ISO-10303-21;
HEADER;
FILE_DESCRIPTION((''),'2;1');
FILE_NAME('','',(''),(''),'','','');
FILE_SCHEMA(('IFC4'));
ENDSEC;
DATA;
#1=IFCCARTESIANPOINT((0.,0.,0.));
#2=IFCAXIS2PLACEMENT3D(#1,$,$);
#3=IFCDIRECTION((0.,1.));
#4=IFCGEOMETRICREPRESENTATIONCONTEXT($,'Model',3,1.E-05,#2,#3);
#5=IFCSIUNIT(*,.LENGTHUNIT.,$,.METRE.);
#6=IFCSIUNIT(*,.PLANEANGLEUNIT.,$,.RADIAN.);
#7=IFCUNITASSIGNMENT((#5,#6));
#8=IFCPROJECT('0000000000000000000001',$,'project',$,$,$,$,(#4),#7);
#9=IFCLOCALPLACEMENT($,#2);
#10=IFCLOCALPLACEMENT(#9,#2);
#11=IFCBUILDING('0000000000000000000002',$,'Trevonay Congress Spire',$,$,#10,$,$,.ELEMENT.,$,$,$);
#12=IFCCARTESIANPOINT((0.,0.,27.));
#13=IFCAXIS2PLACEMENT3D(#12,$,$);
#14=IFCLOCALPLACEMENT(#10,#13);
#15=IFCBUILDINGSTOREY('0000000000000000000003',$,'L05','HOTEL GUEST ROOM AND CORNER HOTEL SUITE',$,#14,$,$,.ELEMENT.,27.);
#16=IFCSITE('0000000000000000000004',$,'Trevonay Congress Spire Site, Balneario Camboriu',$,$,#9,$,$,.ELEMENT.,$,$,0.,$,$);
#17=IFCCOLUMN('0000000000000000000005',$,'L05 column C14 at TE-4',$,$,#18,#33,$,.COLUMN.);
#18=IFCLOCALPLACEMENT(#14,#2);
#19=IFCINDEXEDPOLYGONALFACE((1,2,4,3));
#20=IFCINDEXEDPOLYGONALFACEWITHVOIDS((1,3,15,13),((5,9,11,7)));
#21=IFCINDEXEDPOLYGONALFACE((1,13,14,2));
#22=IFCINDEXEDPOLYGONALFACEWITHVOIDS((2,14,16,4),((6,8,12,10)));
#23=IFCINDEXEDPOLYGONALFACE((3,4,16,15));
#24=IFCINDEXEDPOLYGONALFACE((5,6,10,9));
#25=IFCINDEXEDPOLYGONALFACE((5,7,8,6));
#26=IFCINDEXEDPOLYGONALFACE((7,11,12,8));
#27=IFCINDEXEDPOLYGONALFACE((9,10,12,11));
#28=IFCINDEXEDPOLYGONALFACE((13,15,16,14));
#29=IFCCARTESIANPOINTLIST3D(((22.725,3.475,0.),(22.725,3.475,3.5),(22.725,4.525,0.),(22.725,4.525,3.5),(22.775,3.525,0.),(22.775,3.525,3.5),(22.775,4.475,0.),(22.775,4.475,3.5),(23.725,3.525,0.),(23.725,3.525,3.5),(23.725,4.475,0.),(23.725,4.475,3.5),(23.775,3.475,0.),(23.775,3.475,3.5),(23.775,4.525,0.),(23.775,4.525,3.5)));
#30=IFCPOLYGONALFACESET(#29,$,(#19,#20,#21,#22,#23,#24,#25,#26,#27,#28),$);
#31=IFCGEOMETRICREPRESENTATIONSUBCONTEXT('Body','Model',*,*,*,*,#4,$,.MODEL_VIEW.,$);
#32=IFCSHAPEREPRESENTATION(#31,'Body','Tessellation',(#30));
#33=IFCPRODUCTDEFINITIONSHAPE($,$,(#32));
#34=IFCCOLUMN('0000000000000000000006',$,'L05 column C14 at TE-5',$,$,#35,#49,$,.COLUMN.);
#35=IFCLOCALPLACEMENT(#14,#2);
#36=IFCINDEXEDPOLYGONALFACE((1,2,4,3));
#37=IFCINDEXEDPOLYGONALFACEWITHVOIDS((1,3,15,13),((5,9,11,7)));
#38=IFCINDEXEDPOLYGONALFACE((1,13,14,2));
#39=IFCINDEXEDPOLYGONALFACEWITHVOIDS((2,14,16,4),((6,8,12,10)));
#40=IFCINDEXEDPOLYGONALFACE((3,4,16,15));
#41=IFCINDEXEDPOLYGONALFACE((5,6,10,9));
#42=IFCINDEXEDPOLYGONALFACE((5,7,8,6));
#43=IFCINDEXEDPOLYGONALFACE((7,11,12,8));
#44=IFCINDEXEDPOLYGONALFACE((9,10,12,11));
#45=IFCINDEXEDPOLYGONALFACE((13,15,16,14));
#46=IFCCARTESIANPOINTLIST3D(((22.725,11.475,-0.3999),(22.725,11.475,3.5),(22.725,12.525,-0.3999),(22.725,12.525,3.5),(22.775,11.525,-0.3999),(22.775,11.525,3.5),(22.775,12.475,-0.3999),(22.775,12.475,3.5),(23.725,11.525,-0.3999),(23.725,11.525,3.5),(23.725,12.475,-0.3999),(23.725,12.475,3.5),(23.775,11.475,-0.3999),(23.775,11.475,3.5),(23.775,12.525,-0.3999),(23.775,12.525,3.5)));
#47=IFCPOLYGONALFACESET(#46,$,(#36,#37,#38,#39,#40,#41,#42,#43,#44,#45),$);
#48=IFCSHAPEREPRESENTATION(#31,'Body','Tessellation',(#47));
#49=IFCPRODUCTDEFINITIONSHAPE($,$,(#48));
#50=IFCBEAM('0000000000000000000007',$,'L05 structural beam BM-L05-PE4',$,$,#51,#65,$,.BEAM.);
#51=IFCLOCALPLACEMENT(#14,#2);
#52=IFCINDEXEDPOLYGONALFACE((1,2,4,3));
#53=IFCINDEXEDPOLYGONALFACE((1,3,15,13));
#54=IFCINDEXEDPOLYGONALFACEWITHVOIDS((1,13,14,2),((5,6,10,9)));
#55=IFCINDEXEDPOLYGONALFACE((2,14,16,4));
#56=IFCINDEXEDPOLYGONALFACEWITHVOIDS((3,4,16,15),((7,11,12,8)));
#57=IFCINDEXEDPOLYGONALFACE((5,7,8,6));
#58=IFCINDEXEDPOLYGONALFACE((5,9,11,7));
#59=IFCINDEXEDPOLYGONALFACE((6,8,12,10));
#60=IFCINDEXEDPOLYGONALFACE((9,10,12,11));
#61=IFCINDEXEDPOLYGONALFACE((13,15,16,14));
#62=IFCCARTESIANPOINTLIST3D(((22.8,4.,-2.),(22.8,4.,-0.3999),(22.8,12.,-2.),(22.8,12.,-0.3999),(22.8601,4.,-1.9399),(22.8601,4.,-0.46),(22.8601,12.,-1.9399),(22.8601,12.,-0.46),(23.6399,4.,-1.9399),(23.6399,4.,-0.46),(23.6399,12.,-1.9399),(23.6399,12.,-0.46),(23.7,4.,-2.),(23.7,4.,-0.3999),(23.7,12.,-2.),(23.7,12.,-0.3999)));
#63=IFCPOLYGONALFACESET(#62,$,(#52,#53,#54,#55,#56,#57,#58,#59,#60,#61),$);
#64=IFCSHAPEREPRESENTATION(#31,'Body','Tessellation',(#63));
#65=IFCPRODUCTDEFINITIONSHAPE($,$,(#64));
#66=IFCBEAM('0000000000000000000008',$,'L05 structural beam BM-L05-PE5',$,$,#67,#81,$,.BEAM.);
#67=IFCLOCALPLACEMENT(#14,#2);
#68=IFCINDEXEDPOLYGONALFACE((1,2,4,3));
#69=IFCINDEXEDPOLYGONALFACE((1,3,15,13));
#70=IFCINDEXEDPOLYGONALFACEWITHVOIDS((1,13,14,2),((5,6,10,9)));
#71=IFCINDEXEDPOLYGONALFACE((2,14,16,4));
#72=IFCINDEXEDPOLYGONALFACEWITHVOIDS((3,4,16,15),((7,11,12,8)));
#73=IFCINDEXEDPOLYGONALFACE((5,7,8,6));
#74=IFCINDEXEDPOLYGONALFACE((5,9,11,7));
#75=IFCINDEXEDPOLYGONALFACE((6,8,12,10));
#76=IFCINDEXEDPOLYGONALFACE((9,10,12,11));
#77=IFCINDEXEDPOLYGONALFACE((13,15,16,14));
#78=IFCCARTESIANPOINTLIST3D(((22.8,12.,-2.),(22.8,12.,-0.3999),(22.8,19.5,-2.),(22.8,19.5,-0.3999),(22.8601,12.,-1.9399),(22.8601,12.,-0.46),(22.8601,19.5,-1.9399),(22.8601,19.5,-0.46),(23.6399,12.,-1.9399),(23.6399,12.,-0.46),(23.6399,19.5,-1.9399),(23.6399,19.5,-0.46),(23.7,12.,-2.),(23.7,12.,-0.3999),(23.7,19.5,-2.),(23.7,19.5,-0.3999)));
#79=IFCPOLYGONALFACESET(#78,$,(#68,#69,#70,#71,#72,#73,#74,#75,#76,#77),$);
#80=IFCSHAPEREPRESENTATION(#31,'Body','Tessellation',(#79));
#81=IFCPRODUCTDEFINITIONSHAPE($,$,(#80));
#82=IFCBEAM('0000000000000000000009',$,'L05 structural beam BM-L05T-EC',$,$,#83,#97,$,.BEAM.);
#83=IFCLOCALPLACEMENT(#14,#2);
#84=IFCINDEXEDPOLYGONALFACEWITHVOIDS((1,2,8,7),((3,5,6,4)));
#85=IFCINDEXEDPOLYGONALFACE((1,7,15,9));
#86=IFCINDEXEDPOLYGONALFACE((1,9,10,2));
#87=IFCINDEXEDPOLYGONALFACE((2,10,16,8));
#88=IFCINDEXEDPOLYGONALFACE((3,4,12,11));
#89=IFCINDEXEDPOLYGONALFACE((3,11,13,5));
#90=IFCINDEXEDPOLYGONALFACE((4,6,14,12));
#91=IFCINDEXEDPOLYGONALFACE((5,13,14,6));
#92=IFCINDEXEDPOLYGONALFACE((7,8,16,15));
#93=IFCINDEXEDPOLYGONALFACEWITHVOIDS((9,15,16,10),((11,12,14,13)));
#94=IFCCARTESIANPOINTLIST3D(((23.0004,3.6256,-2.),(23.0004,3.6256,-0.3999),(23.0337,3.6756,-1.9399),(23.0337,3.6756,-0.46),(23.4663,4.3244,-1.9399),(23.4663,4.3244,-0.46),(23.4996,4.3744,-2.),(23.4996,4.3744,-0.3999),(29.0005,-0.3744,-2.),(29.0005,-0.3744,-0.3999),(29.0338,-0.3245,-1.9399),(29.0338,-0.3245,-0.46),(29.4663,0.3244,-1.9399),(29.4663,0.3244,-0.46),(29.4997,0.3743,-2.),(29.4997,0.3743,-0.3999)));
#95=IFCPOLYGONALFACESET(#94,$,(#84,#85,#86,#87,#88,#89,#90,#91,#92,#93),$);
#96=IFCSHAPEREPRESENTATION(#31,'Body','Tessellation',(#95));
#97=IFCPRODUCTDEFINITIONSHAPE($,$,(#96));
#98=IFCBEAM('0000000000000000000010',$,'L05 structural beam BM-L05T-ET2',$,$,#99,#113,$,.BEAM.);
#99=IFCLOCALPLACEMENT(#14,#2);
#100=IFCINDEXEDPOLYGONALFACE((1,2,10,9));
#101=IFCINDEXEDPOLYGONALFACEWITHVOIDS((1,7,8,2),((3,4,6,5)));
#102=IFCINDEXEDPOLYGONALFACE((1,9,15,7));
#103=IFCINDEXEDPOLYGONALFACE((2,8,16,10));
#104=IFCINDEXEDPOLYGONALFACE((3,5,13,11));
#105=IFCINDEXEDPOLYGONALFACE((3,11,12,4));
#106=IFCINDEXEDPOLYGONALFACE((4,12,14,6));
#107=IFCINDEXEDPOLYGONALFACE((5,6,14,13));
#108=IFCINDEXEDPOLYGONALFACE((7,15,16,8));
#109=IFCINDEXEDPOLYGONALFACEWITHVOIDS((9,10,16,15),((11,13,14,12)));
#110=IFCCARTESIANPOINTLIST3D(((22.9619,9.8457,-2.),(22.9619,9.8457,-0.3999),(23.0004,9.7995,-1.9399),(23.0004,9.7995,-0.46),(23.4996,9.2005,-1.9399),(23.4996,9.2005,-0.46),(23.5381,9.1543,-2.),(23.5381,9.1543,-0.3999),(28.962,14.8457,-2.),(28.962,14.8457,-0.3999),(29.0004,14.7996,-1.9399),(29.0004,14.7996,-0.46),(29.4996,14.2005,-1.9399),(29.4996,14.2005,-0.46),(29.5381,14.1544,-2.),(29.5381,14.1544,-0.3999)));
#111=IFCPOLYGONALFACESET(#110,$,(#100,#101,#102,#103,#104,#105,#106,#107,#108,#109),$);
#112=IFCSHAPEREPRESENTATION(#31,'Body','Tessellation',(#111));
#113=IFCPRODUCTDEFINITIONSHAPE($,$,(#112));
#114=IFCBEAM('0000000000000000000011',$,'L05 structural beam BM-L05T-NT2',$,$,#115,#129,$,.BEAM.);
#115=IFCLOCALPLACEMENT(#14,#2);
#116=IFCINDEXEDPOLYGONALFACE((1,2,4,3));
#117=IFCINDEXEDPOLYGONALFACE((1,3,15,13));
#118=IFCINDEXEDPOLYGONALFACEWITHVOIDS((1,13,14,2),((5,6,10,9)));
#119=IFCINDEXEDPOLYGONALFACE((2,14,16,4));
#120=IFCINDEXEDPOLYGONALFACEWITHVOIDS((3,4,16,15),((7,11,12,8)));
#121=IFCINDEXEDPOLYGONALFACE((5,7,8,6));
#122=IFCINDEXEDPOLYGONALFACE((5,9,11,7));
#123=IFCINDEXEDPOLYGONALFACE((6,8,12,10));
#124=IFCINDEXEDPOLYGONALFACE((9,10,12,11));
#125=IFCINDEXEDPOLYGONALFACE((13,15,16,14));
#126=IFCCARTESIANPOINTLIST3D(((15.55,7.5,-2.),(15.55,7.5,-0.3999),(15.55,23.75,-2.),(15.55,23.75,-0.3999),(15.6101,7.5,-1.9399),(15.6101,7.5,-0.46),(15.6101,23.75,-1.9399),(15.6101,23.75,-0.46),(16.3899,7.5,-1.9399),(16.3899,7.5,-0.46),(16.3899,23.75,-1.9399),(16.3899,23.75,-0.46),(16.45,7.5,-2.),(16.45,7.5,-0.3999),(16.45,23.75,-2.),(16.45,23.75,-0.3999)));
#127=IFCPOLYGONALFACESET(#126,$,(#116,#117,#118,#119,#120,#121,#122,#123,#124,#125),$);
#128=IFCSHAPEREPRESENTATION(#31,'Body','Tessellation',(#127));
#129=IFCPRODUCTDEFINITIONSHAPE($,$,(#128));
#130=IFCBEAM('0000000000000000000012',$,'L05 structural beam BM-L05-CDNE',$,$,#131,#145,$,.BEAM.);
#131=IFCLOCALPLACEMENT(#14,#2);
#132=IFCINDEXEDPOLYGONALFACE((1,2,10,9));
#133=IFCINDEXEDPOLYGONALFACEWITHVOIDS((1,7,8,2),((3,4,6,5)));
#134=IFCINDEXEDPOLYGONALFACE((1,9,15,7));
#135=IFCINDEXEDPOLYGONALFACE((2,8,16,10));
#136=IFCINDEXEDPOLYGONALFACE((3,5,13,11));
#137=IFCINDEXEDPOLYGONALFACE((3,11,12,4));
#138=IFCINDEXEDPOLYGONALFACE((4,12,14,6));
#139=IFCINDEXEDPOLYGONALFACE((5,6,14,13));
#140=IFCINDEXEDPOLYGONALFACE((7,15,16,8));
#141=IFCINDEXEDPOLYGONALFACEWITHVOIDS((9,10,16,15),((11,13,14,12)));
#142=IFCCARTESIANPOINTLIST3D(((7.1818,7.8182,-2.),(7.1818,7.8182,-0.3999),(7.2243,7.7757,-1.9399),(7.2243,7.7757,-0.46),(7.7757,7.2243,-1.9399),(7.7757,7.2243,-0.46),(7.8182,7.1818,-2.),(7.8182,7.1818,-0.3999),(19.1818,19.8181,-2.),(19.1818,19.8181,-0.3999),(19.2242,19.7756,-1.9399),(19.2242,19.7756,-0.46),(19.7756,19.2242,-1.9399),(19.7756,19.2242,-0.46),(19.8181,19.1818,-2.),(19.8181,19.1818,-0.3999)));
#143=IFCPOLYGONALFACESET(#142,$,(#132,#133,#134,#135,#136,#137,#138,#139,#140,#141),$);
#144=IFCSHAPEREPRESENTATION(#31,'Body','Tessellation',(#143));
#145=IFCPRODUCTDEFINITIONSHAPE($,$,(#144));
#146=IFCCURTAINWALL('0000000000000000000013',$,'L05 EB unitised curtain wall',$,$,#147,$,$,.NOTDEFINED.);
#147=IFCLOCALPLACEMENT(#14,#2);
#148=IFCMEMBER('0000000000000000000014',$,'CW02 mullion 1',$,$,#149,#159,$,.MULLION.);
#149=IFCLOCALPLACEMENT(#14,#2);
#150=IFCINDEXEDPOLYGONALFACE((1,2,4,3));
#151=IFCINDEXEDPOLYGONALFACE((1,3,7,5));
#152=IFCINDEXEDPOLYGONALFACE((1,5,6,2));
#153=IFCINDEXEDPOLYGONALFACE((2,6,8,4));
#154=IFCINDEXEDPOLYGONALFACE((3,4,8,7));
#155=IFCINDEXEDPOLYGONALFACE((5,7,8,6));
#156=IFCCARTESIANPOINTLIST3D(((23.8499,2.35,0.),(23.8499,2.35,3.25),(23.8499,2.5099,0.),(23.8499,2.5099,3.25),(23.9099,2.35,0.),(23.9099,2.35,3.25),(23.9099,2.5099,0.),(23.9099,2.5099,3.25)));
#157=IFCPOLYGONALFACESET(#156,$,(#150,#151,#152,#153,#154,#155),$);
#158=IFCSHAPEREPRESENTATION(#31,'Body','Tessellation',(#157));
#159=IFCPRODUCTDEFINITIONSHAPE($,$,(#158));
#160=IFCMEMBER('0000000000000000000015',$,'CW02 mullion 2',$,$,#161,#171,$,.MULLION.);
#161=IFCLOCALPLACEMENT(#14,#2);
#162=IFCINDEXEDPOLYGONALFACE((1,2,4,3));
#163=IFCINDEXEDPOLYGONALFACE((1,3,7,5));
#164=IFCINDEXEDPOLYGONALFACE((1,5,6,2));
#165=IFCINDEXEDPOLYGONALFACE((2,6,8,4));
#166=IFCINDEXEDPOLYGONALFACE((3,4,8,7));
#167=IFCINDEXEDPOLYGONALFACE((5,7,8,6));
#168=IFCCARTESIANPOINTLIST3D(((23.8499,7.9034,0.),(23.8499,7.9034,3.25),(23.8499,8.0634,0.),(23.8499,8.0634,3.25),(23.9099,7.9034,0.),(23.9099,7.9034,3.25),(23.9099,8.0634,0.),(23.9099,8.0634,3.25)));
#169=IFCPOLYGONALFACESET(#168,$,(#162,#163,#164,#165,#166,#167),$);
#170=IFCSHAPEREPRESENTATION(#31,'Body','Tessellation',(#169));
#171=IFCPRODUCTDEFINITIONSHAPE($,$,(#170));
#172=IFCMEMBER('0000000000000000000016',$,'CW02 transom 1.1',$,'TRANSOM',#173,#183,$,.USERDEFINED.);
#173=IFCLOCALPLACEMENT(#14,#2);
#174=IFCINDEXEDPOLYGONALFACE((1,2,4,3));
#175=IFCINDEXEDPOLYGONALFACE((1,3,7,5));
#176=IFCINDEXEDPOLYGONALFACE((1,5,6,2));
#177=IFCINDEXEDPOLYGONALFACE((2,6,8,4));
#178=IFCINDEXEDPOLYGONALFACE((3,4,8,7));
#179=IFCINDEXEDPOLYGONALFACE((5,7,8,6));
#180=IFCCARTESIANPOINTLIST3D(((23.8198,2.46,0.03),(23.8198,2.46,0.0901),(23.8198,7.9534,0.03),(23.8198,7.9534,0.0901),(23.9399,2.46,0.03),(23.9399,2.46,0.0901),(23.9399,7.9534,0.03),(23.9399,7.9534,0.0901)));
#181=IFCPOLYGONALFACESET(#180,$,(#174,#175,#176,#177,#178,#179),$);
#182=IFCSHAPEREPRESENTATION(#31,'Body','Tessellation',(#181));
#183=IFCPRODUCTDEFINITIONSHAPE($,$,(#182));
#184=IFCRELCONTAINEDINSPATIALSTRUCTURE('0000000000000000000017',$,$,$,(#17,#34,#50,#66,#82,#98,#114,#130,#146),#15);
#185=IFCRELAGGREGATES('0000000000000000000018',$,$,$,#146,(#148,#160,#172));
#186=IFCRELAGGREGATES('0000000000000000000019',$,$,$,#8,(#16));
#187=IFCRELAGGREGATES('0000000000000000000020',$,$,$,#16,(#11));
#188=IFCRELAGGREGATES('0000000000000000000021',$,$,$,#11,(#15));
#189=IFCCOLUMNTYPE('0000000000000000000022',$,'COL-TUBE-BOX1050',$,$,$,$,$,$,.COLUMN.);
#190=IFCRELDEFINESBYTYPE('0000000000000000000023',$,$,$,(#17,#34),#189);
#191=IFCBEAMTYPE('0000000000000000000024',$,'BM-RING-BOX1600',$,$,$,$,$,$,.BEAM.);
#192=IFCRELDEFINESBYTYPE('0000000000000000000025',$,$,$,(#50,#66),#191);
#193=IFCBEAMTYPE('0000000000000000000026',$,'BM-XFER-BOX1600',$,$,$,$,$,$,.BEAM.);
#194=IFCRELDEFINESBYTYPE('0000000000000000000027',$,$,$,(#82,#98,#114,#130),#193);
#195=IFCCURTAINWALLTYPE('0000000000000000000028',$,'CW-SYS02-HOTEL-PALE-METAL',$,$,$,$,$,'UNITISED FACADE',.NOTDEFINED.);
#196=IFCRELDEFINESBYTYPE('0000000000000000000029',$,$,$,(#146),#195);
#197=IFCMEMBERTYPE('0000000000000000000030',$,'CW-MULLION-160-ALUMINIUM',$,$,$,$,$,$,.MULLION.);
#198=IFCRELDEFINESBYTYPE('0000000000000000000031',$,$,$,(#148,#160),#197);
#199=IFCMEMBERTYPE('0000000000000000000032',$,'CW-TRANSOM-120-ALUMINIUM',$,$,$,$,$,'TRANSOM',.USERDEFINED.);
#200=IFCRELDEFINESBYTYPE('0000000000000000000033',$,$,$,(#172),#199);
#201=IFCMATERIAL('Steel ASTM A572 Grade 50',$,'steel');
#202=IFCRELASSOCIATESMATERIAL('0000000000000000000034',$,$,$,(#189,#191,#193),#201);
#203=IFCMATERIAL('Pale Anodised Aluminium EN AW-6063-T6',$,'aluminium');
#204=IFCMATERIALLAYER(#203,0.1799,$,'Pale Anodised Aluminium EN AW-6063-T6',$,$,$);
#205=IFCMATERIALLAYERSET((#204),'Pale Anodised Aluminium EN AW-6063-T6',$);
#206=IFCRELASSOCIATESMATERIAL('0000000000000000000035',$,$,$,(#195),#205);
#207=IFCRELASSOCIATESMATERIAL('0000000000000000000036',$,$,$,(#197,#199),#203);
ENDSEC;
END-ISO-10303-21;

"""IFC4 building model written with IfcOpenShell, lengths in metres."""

from ifc_helpers import new_model, si_unit, direction, frame, origin, origin_2d, place, context, subcontext, project, spatial, rectangle, hollow_rectangle, extrude, material, layer, layer_set, material_profile, profile_set, type_object, element, aggregate, save


model = new_model("IFC4")

# Units and contexts
model_context = context("Model", 3, precision=1e-05, world=origin(), true_north=direction((0.0, 1.0)))
body_context = subcontext(model_context, "Body", "Model", "MODEL_VIEW")
ifc_project = project(units=[si_unit("LENGTHUNIT", "METRE"), si_unit("PLANEANGLEUNIT", "RADIAN")], contexts=[model_context])

# Site, building, storey
site_placement = place(None, origin())
site = spatial("IfcSite", under=ifc_project, at=site_placement, Name="Trevonay Congress Spire Site, Balneario Camboriu", CompositionType="ELEMENT", RefElevation=0.0)
building_placement = place(site_placement, origin())
building = spatial("IfcBuilding", under=site, at=building_placement, Name="Trevonay Congress Spire", CompositionType="ELEMENT")
storey_placement = place(building_placement, frame((0.0, 0.0, 27.0)))
storey = spatial("IfcBuildingStorey", under=building, at=storey_placement, Name="L05", Description="HOTEL GUEST ROOM AND CORNER HOTEL SUITE", CompositionType="ELEMENT", Elevation=27.0)

# Columns
ifc_material_1 = material(Name="Steel ASTM A572 Grade 50", Category="steel")
ifc_material_profile_1 = material_profile(ifc_material_1, hollow_rectangle(XDim=1.05, YDim=1.05, WallThickness=0.05, at=origin_2d()), Name="BOX 1050x1050x50")
ifc_profile_set_1 = profile_set([ifc_material_profile_1], Name="Steel ASTM A572 Grade 50")
column_type = type_object("IfcColumnType", Name="COL-TUBE-BOX1050", PredefinedType="COLUMN", material=ifc_profile_set_1)
column_1_placement = place(storey_placement, frame((23.25, 4.0, 0.0), z_axis=(0.0, 0.0, 1.0), x_axis=(1.0, 0.0, 0.0)))
element("IfcColumn", 1, at=column_1_placement, inside=storey, type_object=column_type, Name="L05 column C14 at TE-4", PredefinedType="COLUMN", context=body_context, shape_type="SweptSolid", body=[
    extrude(hollow_rectangle(XDim=1.05, YDim=1.05, WallThickness=0.05, at=origin_2d()), origin(), (0.0, 0.0, 1.0), 3.5),
])
column_2_placement = place(storey_placement, frame((23.25, 12.0, -0.3999), z_axis=(0.0, 0.0, 1.0), x_axis=(1.0, 0.0, 0.0)))
element("IfcColumn", 2, at=column_2_placement, inside=storey, type_object=column_type, Name="L05 column C14 at TE-5", PredefinedType="COLUMN", context=body_context, shape_type="SweptSolid", body=[
    extrude(hollow_rectangle(XDim=1.05, YDim=1.05, WallThickness=0.05, at=origin_2d()), origin(), (0.0, 0.0, 1.0), 3.8999),
])

# Beams
ifc_material_profile_2 = material_profile(ifc_material_1, hollow_rectangle(XDim=0.8999, YDim=1.6001, WallThickness=0.0601, at=origin_2d()), Name="BOX 1600x900x60")
ifc_profile_set_2 = profile_set([ifc_material_profile_2], Name="Steel ASTM A572 Grade 50")
beam_type_1 = type_object("IfcBeamType", Name="BM-RING-BOX1600", PredefinedType="BEAM", material=ifc_profile_set_2)
beam_1_placement = place(storey_placement, frame((23.25, 4.0, -1.2), z_axis=(0.0, 1.0, 0.0), x_axis=(-1.0, 0.0, 0.0)))
element("IfcBeam", 3, at=beam_1_placement, inside=storey, type_object=beam_type_1, Name="L05 structural beam BM-L05-PE4", PredefinedType="BEAM", context=body_context, shape_type="SweptSolid", body=[
    extrude(hollow_rectangle(XDim=0.8999, YDim=1.6001, WallThickness=0.0601, at=origin_2d()), origin(), (0.0, 0.0, 1.0), 8.0),
])
beam_2_placement = place(storey_placement, frame((23.25, 12.0, -1.2), z_axis=(0.0, 1.0, 0.0), x_axis=(-1.0, 0.0, 0.0)))
element("IfcBeam", 4, at=beam_2_placement, inside=storey, type_object=beam_type_1, Name="L05 structural beam BM-L05-PE5", PredefinedType="BEAM", context=body_context, shape_type="SweptSolid", body=[
    extrude(hollow_rectangle(XDim=0.8999, YDim=1.6001, WallThickness=0.0601, at=origin_2d()), origin(), (0.0, 0.0, 1.0), 7.5),
])
ifc_material_profile_3 = material_profile(ifc_material_1, hollow_rectangle(XDim=0.8999, YDim=1.6001, WallThickness=0.0601, at=origin_2d()), Name="BOX 1600x900x60")
ifc_profile_set_3 = profile_set([ifc_material_profile_3], Name="Steel ASTM A572 Grade 50")
beam_type_2 = type_object("IfcBeamType", Name="BM-XFER-BOX1600", PredefinedType="BEAM", material=ifc_profile_set_3)
beam_3_placement = place(storey_placement, frame((23.25, 4.0, -1.2), z_axis=(0.83205, -0.5547, 0.0), x_axis=(0.5547, 0.83205, 0.0)))
element("IfcBeam", 5, at=beam_3_placement, inside=storey, type_object=beam_type_2, Name="L05 structural beam BM-L05T-EC", PredefinedType="BEAM", context=body_context, shape_type="SweptSolid", body=[
    extrude(hollow_rectangle(XDim=0.8999, YDim=1.6001, WallThickness=0.0601, at=origin_2d()), origin(), (0.0, 0.0, 1.0), 7.2112),
])
beam_4_placement = place(storey_placement, frame((23.25, 9.5, -1.2), z_axis=(0.768221, 0.640184, 0.0), x_axis=(-0.640184, 0.768221, 0.0)))
element("IfcBeam", 6, at=beam_4_placement, inside=storey, type_object=beam_type_2, Name="L05 structural beam BM-L05T-ET2", PredefinedType="BEAM", context=body_context, shape_type="SweptSolid", body=[
    extrude(hollow_rectangle(XDim=0.8999, YDim=1.6001, WallThickness=0.0601, at=origin_2d()), origin(), (0.0, 0.0, 1.0), 7.8103),
])
beam_5_placement = place(storey_placement, frame((16.0, 7.5, -1.2), z_axis=(0.0, 1.0, 0.0), x_axis=(-1.0, 0.0, 0.0)))
element("IfcBeam", 7, at=beam_5_placement, inside=storey, type_object=beam_type_2, Name="L05 structural beam BM-L05T-NT2", PredefinedType="BEAM", context=body_context, shape_type="SweptSolid", body=[
    extrude(hollow_rectangle(XDim=0.8999, YDim=1.6001, WallThickness=0.0601, at=origin_2d()), origin(), (0.0, 0.0, 1.0), 16.25),
])
beam_6_placement = place(storey_placement, frame((7.5, 7.5, -1.2), z_axis=(0.707107, 0.707107, 0.0), x_axis=(-0.707107, 0.707107, 0.0)))
element("IfcBeam", 8, at=beam_6_placement, inside=storey, type_object=beam_type_2, Name="L05 structural beam BM-L05-CDNE", PredefinedType="BEAM", context=body_context, shape_type="SweptSolid", body=[
    extrude(hollow_rectangle(XDim=0.8999, YDim=1.6001, WallThickness=0.0601, at=origin_2d()), origin(), (0.0, 0.0, 1.0), 16.9705),
])

# Curtain wall, members
ifc_material_2 = material(Name="Pale Anodised Aluminium EN AW-6063-T6", Category="aluminium")
ifc_layer_1 = layer(ifc_material_2, 0.1799, Name="Pale Anodised Aluminium EN AW-6063-T6")
ifc_layer_set_1 = layer_set([ifc_layer_1], Name="Pale Anodised Aluminium EN AW-6063-T6")
curtain_wall_type = type_object("IfcCurtainWallType", Name="CW-SYS02-HOTEL-PALE-METAL", ElementType="UNITISED FACADE", PredefinedType="NOTDEFINED", material=ifc_layer_set_1)
curtain_wall_placement = place(storey_placement, origin())
curtain_wall = element("IfcCurtainWall", 9, at=curtain_wall_placement, inside=storey, type_object=curtain_wall_type, Name="L05 EB unitised curtain wall", PredefinedType="NOTDEFINED")
ifc_material_profile_4 = material_profile(ifc_material_2, rectangle(XDim=0.0601, YDim=0.1599, at=origin_2d()), Name="CW-MULLION-160-ALUMINIUM")
ifc_profile_set_4 = profile_set([ifc_material_profile_4], Name="Pale Anodised Aluminium EN AW-6063-T6")
member_type_1 = type_object("IfcMemberType", Name="CW-MULLION-160-ALUMINIUM", PredefinedType="MULLION", material=ifc_profile_set_4)
member_1_placement = place(storey_placement, frame((23.8799, 2.4299, 0.0), z_axis=(0.0, 0.0, 1.0), x_axis=(-1.0, 0.0, 0.0)))
member_1 = element("IfcMember", 10, at=member_1_placement, type_object=member_type_1, Name="CW02 mullion 1", PredefinedType="MULLION", context=body_context, shape_type="SweptSolid", body=[
    extrude(rectangle(XDim=0.0601, YDim=0.1599, at=origin_2d()), origin(), (0.0, 0.0, 1.0), 3.25),
])
member_2_placement = place(storey_placement, frame((23.8799, 7.9834, 0.0), z_axis=(0.0, 0.0, 1.0), x_axis=(-1.0, 0.0, 0.0)))
member_2 = element("IfcMember", 11, at=member_2_placement, type_object=member_type_1, Name="CW02 mullion 2", PredefinedType="MULLION", context=body_context, shape_type="SweptSolid", body=[
    extrude(rectangle(XDim=0.0601, YDim=0.1599, at=origin_2d()), origin(), (0.0, 0.0, 1.0), 3.25),
])
ifc_material_profile_5 = material_profile(ifc_material_2, rectangle(XDim=0.1201, YDim=0.0601, at=origin_2d()), Name="CW-TRANSOM-120-ALUMINIUM")
ifc_profile_set_5 = profile_set([ifc_material_profile_5], Name="Pale Anodised Aluminium EN AW-6063-T6")
member_type_2 = type_object("IfcMemberType", Name="CW-TRANSOM-120-ALUMINIUM", ElementType="TRANSOM", PredefinedType="USERDEFINED", material=ifc_profile_set_5)
member_3_placement = place(storey_placement, frame((23.8799, 2.46, 0.0601), z_axis=(0.0, 1.0, 0.0), x_axis=(-1.0, 0.0, 0.0)))
member_3 = element("IfcMember", 12, at=member_3_placement, type_object=member_type_2, Name="CW02 transom 1.1", ObjectType="TRANSOM", PredefinedType="USERDEFINED", context=body_context, shape_type="SweptSolid", body=[
    extrude(rectangle(XDim=0.1201, YDim=0.0601, at=origin_2d()), origin(), (0.0, 0.0, 1.0), 5.4934),
])
aggregate(curtain_wall, [member_1, member_2, member_3])

save(model, "model.ifc")
